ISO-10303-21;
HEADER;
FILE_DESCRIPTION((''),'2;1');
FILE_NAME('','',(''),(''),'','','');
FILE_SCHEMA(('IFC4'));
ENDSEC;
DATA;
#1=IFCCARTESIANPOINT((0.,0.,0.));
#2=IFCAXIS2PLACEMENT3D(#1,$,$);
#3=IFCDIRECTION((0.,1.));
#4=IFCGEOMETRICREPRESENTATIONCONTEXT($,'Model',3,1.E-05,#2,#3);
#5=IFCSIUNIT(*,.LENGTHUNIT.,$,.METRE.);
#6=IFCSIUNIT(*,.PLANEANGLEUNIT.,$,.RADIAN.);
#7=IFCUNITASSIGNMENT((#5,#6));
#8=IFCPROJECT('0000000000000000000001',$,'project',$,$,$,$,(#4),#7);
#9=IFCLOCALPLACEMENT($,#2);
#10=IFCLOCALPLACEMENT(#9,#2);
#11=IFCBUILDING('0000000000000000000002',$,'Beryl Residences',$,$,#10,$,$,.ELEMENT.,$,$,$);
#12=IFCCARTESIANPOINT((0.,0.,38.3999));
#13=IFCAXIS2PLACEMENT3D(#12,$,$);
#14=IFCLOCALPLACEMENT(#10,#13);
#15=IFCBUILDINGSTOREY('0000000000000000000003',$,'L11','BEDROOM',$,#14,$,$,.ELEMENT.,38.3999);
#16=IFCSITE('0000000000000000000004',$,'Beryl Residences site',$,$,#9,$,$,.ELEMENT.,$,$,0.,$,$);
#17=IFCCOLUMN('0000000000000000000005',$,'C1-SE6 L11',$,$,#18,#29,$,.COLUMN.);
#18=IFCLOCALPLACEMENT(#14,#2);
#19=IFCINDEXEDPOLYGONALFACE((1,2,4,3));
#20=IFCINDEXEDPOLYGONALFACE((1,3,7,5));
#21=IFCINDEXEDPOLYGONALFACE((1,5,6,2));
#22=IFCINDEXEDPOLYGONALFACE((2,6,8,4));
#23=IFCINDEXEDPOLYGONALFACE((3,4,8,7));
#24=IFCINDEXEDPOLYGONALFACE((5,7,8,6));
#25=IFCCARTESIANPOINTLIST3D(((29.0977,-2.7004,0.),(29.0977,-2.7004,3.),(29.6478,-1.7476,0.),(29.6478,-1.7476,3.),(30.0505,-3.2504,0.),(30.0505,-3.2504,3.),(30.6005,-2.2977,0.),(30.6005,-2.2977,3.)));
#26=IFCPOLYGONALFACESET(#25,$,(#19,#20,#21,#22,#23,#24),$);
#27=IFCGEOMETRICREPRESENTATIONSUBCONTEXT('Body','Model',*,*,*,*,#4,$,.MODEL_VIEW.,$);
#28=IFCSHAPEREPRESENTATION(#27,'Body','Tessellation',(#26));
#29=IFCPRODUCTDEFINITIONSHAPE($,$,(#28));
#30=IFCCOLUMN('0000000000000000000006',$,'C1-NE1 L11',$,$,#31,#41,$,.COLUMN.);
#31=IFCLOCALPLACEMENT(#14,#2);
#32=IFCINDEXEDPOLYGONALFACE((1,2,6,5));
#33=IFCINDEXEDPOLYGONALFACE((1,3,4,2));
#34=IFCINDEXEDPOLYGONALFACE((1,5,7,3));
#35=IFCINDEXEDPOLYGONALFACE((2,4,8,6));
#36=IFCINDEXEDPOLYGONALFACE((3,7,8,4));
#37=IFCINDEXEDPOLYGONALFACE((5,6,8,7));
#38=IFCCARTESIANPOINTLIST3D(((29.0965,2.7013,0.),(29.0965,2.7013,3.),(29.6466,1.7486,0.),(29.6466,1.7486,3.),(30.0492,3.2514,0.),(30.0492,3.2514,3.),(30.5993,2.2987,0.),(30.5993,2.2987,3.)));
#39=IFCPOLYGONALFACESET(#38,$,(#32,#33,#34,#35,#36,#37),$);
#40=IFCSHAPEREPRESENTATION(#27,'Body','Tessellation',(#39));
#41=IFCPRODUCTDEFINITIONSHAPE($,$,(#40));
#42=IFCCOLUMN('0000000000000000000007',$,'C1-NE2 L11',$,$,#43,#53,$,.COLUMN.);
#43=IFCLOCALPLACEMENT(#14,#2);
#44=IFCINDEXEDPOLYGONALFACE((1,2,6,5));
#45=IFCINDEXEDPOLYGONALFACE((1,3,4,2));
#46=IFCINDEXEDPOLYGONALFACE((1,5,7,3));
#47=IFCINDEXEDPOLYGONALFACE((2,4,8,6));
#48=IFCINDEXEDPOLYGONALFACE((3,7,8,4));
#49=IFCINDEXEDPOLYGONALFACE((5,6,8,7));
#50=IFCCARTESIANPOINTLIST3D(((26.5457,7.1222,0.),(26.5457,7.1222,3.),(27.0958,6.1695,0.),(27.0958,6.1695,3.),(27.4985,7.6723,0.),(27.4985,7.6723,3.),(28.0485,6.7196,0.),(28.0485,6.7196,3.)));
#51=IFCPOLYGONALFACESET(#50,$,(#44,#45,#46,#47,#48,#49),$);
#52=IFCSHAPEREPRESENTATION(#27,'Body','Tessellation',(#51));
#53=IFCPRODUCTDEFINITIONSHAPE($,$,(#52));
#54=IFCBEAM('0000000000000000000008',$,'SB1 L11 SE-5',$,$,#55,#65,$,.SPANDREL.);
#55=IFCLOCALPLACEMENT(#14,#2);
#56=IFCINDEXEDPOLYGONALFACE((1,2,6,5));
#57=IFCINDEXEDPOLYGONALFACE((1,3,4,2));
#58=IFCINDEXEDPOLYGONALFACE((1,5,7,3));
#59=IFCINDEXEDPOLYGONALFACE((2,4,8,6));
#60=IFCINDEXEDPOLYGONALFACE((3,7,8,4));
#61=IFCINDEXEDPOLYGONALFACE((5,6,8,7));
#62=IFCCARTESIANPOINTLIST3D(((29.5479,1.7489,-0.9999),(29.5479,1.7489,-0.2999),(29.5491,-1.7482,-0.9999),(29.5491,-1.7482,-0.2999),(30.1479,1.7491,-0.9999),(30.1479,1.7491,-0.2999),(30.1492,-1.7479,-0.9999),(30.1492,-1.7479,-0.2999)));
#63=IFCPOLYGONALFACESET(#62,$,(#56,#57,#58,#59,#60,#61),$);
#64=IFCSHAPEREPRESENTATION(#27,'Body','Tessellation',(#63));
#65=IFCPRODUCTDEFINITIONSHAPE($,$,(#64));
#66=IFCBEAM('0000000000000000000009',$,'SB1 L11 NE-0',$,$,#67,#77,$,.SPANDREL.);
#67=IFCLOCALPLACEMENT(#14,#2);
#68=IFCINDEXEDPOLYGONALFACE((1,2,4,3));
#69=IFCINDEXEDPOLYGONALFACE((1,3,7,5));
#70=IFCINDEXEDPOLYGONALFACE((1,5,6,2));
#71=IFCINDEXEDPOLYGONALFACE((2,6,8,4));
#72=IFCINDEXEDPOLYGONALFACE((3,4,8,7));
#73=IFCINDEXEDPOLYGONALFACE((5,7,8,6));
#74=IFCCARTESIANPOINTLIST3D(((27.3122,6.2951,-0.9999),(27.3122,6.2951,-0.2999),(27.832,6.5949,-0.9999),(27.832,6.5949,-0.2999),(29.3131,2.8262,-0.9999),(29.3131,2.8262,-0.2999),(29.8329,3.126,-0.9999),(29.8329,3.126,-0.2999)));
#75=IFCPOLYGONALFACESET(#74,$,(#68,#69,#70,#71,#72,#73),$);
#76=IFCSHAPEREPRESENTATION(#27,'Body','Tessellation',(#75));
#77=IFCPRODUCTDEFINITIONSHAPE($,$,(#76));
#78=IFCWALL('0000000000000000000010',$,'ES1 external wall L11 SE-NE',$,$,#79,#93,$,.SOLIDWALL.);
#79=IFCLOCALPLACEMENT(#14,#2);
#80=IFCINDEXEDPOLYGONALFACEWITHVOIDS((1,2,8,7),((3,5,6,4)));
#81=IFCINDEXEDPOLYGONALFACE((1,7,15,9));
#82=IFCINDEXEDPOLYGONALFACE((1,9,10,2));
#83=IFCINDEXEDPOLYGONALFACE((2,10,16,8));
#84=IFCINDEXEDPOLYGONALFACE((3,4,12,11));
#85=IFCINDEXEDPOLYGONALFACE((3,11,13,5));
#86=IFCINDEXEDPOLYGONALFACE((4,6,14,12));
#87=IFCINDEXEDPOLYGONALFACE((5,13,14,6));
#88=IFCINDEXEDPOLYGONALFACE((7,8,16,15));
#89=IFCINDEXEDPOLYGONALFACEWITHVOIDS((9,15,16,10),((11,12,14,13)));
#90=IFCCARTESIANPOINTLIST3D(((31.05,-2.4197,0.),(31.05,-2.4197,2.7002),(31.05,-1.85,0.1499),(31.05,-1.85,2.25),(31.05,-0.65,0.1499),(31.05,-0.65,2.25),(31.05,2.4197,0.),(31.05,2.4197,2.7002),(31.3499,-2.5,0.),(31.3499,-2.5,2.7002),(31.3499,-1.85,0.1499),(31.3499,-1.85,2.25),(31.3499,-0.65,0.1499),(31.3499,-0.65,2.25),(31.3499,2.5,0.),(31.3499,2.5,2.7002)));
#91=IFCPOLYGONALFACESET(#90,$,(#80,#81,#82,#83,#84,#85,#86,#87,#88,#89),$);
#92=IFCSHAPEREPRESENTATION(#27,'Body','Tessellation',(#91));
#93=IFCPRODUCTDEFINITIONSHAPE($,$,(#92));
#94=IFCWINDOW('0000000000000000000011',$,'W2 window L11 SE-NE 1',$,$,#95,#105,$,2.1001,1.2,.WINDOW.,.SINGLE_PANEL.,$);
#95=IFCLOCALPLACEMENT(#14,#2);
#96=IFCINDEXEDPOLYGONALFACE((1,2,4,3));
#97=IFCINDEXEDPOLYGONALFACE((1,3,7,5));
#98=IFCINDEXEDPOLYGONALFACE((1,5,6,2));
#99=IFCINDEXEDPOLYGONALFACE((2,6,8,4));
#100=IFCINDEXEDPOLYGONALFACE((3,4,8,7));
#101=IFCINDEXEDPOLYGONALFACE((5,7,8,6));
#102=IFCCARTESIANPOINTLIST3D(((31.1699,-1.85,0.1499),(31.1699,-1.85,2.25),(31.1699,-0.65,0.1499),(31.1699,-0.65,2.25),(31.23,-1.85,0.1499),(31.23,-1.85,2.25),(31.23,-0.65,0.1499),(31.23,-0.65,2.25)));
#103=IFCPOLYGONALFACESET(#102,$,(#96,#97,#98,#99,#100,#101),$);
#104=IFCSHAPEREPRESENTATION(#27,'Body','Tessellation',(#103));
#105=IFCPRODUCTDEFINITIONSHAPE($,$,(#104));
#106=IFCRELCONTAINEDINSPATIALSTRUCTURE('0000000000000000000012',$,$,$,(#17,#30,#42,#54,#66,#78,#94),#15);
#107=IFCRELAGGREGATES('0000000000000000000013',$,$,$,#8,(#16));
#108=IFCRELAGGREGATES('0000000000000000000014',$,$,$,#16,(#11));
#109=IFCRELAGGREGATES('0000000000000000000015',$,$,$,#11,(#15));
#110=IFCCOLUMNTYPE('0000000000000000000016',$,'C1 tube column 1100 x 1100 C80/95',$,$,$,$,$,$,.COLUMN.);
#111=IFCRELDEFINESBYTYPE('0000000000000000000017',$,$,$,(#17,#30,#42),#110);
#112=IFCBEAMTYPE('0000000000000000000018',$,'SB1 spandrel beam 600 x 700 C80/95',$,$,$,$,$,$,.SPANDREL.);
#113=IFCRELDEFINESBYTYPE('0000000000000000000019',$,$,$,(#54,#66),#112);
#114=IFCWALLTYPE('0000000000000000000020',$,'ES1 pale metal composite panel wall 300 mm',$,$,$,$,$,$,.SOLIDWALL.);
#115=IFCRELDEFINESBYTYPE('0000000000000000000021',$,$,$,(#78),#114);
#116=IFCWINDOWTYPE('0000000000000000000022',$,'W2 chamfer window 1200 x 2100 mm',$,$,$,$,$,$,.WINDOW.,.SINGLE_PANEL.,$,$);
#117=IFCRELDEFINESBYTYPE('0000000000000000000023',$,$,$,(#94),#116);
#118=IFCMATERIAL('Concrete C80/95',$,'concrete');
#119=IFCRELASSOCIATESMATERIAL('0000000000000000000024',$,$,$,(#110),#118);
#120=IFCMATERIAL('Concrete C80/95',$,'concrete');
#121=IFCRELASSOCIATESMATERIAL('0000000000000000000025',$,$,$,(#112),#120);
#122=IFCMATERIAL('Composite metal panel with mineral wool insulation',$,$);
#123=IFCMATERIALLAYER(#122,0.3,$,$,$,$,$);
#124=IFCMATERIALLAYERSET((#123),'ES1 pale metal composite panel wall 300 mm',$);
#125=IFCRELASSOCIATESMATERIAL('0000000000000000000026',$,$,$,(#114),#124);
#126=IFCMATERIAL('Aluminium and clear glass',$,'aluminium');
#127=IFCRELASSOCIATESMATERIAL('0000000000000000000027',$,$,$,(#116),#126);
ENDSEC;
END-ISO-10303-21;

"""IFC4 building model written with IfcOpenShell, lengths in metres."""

from ifc_helpers import new_model, si_unit, direction, frame, frame_2d, origin, origin_2d, place, context, subcontext, project, spatial, polyline, rectangle, outline, extrude, material, layer, layer_set, material_profile, profile_set, type_object, element, fill, save


model = new_model("IFC4")

# Units and contexts
model_context = context("Model", 3, precision=1e-05, world=origin(), true_north=direction((0.0, 1.0)))
body_context = subcontext(model_context, "Body", "Model", "MODEL_VIEW")
ifc_project = project(units=[si_unit("LENGTHUNIT", "METRE"), si_unit("PLANEANGLEUNIT", "RADIAN")], contexts=[model_context])

# Site, building, storey
site_placement = place(None, origin())
site = spatial("IfcSite", under=ifc_project, at=site_placement, Name="Beryl Residences site", CompositionType="ELEMENT", RefElevation=0.0)
building_placement = place(site_placement, origin())
building = spatial("IfcBuilding", under=site, at=building_placement, Name="Beryl Residences", CompositionType="ELEMENT")
storey_placement = place(building_placement, frame((0.0, 0.0, 38.3999)))
storey = spatial("IfcBuildingStorey", under=building, at=storey_placement, Name="L11", Description="BEDROOM", CompositionType="ELEMENT", Elevation=38.3999)

# Columns
ifc_material_1 = material(Name="Concrete C80/95", Category="concrete")
ifc_material_profile_1 = material_profile(ifc_material_1, rectangle(XDim=1.1001, YDim=1.1001, at=origin_2d()))
ifc_profile_set_1 = profile_set([ifc_material_profile_1], Name="Concrete C80/95")
column_type = type_object("IfcColumnType", Name="C1 tube column 1100 x 1100 C80/95", PredefinedType="COLUMN", material=ifc_profile_set_1)
for number, where, z_axis, x_axis, name in (
    (1, (29.8491, -2.499, 0.0), (0.0, 0.0, 1.0), (0.499985, 0.866034, 0.0), "C1-SE6 L11"),
    (2, (29.8479, 2.5, 0.0), (0.0, 0.0, 1.0), (-0.499985, 0.866034, 0.0), "C1-NE1 L11"),
    (3, (27.2971, 6.9209, 0.0), (0.0, 0.0, 1.0), (-0.499985, 0.866034, 0.0), "C1-NE2 L11"),
):
    element("IfcColumn", number, at=place(storey_placement, frame(where, z_axis=z_axis, x_axis=x_axis)), inside=storey, type_object=column_type, Name=name, PredefinedType="COLUMN", context=body_context, shape_type="SweptSolid", body=[
        extrude(rectangle(XDim=1.1001, YDim=1.1001, at=origin_2d()), origin(), (0.0, 0.0, 1.0), 3.0),
    ])

# Beams
ifc_material_2 = material(Name="Concrete C80/95", Category="concrete")
ifc_material_profile_2 = material_profile(ifc_material_2, rectangle(XDim=0.6001, YDim=0.7, at=origin_2d()))
ifc_profile_set_2 = profile_set([ifc_material_profile_2], Name="Concrete C80/95")
beam_type = type_object("IfcBeamType", Name="SB1 spandrel beam 600 x 700 C80/95", PredefinedType="SPANDREL", material=ifc_profile_set_2)
beam_1_placement = place(storey_placement, frame((29.8491, -1.748, -0.6499), z_axis=(-0.000349, 1.0, 0.0), x_axis=(-1.0, -0.000349, 0.0)))
element("IfcBeam", 4, at=beam_1_placement, inside=storey, type_object=beam_type, Name="SB1 L11 SE-5", PredefinedType="SPANDREL", context=body_context, shape_type="SweptSolid", body=[
    extrude(rectangle(XDim=0.6001, YDim=0.7, at=origin_2d()), origin(), (0.0, 0.0, 1.0), 3.4971),
])
beam_2_placement = place(storey_placement, frame((29.573, 2.9761, -0.6499), z_axis=(-0.499654, 0.866225, 0.0), x_axis=(-0.866225, -0.499654, 0.0)))
element("IfcBeam", 5, at=beam_2_placement, inside=storey, type_object=beam_type, Name="SB1 L11 NE-0", PredefinedType="SPANDREL", context=body_context, shape_type="SweptSolid", body=[
    extrude(rectangle(XDim=0.6001, YDim=0.7, at=origin_2d()), origin(), (0.0, 0.0, 1.0), 4.0046),
])

# Wall, opening, window
ifc_material_3 = material(Name="Composite metal panel with mineral wool insulation")
ifc_layer = layer(ifc_material_3, 0.3)
ifc_layer_set = layer_set([ifc_layer], Name="ES1 pale metal composite panel wall 300 mm")
wall_type = type_object("IfcWallType", Name="ES1 pale metal composite panel wall 300 mm", PredefinedType="SOLIDWALL", material=ifc_layer_set)
wall_1_placement = place(storey_placement, frame((31.2, -2.5, 0.0), z_axis=(0.0, 0.0, 1.0), x_axis=(0.0, 1.0, 0.0)))
wall_1 = element("IfcWall", 6, at=wall_1_placement, inside=storey, type_object=wall_type, Name="ES1 external wall L11 SE-NE", PredefinedType="SOLIDWALL", context=body_context, shape_type="SweptSolid", body=[
    extrude(outline(polyline([(0.0, -0.1499), (5.0, -0.1499), (4.9197, 0.1499), (0.0803, 0.1499), (0.0, -0.1499)])), origin(), (0.0, 0.0, 1.0), 2.7002),
])
opening_1_placement = place(wall_1_placement, frame((0.6499, 0.0, 0.1499)))
opening_1 = element("IfcOpeningElement", 7, at=opening_1_placement, cuts=wall_1, PredefinedType="OPENING", context=body_context, shape_type="SweptSolid", body=[
    extrude(rectangle(XDim=1.2, YDim=2.1001, at=frame_2d((0.6001, 1.05))), frame((0.0, 0.1599, 0.0), z_axis=(0.0, -1.0, 0.0), x_axis=(1.0, 0.0, 0.0)), (0.0, 0.0, 1.0), 0.3201),
])
ifc_material_4 = material(Name="Aluminium and clear glass", Category="aluminium")
window_type_1 = type_object("IfcWindowType", Name="W2 chamfer window 1200 x 2100 mm", PartitioningType="SINGLE_PANEL", PredefinedType="WINDOW", material=ifc_material_4)
window_1_placement = place(opening_1_placement, origin())
window_1 = element("IfcWindow", 8, at=window_1_placement, inside=storey, type_object=window_type_1, Name="W2 window L11 SE-NE 1", OverallHeight=2.1001, OverallWidth=1.2, PartitioningType="SINGLE_PANEL", PredefinedType="WINDOW", context=body_context, shape_type="SweptSolid", body=[
    extrude(rectangle(XDim=1.2, YDim=2.1001, at=frame_2d((0.6001, 1.05))), frame((0.0, 0.03, 0.0), z_axis=(0.0, -1.0, 0.0), x_axis=(1.0, 0.0, 0.0)), (0.0, 0.0, 1.0), 0.0601),
])
fill(opening_1, window_1)

save(model, "model.ifc")
